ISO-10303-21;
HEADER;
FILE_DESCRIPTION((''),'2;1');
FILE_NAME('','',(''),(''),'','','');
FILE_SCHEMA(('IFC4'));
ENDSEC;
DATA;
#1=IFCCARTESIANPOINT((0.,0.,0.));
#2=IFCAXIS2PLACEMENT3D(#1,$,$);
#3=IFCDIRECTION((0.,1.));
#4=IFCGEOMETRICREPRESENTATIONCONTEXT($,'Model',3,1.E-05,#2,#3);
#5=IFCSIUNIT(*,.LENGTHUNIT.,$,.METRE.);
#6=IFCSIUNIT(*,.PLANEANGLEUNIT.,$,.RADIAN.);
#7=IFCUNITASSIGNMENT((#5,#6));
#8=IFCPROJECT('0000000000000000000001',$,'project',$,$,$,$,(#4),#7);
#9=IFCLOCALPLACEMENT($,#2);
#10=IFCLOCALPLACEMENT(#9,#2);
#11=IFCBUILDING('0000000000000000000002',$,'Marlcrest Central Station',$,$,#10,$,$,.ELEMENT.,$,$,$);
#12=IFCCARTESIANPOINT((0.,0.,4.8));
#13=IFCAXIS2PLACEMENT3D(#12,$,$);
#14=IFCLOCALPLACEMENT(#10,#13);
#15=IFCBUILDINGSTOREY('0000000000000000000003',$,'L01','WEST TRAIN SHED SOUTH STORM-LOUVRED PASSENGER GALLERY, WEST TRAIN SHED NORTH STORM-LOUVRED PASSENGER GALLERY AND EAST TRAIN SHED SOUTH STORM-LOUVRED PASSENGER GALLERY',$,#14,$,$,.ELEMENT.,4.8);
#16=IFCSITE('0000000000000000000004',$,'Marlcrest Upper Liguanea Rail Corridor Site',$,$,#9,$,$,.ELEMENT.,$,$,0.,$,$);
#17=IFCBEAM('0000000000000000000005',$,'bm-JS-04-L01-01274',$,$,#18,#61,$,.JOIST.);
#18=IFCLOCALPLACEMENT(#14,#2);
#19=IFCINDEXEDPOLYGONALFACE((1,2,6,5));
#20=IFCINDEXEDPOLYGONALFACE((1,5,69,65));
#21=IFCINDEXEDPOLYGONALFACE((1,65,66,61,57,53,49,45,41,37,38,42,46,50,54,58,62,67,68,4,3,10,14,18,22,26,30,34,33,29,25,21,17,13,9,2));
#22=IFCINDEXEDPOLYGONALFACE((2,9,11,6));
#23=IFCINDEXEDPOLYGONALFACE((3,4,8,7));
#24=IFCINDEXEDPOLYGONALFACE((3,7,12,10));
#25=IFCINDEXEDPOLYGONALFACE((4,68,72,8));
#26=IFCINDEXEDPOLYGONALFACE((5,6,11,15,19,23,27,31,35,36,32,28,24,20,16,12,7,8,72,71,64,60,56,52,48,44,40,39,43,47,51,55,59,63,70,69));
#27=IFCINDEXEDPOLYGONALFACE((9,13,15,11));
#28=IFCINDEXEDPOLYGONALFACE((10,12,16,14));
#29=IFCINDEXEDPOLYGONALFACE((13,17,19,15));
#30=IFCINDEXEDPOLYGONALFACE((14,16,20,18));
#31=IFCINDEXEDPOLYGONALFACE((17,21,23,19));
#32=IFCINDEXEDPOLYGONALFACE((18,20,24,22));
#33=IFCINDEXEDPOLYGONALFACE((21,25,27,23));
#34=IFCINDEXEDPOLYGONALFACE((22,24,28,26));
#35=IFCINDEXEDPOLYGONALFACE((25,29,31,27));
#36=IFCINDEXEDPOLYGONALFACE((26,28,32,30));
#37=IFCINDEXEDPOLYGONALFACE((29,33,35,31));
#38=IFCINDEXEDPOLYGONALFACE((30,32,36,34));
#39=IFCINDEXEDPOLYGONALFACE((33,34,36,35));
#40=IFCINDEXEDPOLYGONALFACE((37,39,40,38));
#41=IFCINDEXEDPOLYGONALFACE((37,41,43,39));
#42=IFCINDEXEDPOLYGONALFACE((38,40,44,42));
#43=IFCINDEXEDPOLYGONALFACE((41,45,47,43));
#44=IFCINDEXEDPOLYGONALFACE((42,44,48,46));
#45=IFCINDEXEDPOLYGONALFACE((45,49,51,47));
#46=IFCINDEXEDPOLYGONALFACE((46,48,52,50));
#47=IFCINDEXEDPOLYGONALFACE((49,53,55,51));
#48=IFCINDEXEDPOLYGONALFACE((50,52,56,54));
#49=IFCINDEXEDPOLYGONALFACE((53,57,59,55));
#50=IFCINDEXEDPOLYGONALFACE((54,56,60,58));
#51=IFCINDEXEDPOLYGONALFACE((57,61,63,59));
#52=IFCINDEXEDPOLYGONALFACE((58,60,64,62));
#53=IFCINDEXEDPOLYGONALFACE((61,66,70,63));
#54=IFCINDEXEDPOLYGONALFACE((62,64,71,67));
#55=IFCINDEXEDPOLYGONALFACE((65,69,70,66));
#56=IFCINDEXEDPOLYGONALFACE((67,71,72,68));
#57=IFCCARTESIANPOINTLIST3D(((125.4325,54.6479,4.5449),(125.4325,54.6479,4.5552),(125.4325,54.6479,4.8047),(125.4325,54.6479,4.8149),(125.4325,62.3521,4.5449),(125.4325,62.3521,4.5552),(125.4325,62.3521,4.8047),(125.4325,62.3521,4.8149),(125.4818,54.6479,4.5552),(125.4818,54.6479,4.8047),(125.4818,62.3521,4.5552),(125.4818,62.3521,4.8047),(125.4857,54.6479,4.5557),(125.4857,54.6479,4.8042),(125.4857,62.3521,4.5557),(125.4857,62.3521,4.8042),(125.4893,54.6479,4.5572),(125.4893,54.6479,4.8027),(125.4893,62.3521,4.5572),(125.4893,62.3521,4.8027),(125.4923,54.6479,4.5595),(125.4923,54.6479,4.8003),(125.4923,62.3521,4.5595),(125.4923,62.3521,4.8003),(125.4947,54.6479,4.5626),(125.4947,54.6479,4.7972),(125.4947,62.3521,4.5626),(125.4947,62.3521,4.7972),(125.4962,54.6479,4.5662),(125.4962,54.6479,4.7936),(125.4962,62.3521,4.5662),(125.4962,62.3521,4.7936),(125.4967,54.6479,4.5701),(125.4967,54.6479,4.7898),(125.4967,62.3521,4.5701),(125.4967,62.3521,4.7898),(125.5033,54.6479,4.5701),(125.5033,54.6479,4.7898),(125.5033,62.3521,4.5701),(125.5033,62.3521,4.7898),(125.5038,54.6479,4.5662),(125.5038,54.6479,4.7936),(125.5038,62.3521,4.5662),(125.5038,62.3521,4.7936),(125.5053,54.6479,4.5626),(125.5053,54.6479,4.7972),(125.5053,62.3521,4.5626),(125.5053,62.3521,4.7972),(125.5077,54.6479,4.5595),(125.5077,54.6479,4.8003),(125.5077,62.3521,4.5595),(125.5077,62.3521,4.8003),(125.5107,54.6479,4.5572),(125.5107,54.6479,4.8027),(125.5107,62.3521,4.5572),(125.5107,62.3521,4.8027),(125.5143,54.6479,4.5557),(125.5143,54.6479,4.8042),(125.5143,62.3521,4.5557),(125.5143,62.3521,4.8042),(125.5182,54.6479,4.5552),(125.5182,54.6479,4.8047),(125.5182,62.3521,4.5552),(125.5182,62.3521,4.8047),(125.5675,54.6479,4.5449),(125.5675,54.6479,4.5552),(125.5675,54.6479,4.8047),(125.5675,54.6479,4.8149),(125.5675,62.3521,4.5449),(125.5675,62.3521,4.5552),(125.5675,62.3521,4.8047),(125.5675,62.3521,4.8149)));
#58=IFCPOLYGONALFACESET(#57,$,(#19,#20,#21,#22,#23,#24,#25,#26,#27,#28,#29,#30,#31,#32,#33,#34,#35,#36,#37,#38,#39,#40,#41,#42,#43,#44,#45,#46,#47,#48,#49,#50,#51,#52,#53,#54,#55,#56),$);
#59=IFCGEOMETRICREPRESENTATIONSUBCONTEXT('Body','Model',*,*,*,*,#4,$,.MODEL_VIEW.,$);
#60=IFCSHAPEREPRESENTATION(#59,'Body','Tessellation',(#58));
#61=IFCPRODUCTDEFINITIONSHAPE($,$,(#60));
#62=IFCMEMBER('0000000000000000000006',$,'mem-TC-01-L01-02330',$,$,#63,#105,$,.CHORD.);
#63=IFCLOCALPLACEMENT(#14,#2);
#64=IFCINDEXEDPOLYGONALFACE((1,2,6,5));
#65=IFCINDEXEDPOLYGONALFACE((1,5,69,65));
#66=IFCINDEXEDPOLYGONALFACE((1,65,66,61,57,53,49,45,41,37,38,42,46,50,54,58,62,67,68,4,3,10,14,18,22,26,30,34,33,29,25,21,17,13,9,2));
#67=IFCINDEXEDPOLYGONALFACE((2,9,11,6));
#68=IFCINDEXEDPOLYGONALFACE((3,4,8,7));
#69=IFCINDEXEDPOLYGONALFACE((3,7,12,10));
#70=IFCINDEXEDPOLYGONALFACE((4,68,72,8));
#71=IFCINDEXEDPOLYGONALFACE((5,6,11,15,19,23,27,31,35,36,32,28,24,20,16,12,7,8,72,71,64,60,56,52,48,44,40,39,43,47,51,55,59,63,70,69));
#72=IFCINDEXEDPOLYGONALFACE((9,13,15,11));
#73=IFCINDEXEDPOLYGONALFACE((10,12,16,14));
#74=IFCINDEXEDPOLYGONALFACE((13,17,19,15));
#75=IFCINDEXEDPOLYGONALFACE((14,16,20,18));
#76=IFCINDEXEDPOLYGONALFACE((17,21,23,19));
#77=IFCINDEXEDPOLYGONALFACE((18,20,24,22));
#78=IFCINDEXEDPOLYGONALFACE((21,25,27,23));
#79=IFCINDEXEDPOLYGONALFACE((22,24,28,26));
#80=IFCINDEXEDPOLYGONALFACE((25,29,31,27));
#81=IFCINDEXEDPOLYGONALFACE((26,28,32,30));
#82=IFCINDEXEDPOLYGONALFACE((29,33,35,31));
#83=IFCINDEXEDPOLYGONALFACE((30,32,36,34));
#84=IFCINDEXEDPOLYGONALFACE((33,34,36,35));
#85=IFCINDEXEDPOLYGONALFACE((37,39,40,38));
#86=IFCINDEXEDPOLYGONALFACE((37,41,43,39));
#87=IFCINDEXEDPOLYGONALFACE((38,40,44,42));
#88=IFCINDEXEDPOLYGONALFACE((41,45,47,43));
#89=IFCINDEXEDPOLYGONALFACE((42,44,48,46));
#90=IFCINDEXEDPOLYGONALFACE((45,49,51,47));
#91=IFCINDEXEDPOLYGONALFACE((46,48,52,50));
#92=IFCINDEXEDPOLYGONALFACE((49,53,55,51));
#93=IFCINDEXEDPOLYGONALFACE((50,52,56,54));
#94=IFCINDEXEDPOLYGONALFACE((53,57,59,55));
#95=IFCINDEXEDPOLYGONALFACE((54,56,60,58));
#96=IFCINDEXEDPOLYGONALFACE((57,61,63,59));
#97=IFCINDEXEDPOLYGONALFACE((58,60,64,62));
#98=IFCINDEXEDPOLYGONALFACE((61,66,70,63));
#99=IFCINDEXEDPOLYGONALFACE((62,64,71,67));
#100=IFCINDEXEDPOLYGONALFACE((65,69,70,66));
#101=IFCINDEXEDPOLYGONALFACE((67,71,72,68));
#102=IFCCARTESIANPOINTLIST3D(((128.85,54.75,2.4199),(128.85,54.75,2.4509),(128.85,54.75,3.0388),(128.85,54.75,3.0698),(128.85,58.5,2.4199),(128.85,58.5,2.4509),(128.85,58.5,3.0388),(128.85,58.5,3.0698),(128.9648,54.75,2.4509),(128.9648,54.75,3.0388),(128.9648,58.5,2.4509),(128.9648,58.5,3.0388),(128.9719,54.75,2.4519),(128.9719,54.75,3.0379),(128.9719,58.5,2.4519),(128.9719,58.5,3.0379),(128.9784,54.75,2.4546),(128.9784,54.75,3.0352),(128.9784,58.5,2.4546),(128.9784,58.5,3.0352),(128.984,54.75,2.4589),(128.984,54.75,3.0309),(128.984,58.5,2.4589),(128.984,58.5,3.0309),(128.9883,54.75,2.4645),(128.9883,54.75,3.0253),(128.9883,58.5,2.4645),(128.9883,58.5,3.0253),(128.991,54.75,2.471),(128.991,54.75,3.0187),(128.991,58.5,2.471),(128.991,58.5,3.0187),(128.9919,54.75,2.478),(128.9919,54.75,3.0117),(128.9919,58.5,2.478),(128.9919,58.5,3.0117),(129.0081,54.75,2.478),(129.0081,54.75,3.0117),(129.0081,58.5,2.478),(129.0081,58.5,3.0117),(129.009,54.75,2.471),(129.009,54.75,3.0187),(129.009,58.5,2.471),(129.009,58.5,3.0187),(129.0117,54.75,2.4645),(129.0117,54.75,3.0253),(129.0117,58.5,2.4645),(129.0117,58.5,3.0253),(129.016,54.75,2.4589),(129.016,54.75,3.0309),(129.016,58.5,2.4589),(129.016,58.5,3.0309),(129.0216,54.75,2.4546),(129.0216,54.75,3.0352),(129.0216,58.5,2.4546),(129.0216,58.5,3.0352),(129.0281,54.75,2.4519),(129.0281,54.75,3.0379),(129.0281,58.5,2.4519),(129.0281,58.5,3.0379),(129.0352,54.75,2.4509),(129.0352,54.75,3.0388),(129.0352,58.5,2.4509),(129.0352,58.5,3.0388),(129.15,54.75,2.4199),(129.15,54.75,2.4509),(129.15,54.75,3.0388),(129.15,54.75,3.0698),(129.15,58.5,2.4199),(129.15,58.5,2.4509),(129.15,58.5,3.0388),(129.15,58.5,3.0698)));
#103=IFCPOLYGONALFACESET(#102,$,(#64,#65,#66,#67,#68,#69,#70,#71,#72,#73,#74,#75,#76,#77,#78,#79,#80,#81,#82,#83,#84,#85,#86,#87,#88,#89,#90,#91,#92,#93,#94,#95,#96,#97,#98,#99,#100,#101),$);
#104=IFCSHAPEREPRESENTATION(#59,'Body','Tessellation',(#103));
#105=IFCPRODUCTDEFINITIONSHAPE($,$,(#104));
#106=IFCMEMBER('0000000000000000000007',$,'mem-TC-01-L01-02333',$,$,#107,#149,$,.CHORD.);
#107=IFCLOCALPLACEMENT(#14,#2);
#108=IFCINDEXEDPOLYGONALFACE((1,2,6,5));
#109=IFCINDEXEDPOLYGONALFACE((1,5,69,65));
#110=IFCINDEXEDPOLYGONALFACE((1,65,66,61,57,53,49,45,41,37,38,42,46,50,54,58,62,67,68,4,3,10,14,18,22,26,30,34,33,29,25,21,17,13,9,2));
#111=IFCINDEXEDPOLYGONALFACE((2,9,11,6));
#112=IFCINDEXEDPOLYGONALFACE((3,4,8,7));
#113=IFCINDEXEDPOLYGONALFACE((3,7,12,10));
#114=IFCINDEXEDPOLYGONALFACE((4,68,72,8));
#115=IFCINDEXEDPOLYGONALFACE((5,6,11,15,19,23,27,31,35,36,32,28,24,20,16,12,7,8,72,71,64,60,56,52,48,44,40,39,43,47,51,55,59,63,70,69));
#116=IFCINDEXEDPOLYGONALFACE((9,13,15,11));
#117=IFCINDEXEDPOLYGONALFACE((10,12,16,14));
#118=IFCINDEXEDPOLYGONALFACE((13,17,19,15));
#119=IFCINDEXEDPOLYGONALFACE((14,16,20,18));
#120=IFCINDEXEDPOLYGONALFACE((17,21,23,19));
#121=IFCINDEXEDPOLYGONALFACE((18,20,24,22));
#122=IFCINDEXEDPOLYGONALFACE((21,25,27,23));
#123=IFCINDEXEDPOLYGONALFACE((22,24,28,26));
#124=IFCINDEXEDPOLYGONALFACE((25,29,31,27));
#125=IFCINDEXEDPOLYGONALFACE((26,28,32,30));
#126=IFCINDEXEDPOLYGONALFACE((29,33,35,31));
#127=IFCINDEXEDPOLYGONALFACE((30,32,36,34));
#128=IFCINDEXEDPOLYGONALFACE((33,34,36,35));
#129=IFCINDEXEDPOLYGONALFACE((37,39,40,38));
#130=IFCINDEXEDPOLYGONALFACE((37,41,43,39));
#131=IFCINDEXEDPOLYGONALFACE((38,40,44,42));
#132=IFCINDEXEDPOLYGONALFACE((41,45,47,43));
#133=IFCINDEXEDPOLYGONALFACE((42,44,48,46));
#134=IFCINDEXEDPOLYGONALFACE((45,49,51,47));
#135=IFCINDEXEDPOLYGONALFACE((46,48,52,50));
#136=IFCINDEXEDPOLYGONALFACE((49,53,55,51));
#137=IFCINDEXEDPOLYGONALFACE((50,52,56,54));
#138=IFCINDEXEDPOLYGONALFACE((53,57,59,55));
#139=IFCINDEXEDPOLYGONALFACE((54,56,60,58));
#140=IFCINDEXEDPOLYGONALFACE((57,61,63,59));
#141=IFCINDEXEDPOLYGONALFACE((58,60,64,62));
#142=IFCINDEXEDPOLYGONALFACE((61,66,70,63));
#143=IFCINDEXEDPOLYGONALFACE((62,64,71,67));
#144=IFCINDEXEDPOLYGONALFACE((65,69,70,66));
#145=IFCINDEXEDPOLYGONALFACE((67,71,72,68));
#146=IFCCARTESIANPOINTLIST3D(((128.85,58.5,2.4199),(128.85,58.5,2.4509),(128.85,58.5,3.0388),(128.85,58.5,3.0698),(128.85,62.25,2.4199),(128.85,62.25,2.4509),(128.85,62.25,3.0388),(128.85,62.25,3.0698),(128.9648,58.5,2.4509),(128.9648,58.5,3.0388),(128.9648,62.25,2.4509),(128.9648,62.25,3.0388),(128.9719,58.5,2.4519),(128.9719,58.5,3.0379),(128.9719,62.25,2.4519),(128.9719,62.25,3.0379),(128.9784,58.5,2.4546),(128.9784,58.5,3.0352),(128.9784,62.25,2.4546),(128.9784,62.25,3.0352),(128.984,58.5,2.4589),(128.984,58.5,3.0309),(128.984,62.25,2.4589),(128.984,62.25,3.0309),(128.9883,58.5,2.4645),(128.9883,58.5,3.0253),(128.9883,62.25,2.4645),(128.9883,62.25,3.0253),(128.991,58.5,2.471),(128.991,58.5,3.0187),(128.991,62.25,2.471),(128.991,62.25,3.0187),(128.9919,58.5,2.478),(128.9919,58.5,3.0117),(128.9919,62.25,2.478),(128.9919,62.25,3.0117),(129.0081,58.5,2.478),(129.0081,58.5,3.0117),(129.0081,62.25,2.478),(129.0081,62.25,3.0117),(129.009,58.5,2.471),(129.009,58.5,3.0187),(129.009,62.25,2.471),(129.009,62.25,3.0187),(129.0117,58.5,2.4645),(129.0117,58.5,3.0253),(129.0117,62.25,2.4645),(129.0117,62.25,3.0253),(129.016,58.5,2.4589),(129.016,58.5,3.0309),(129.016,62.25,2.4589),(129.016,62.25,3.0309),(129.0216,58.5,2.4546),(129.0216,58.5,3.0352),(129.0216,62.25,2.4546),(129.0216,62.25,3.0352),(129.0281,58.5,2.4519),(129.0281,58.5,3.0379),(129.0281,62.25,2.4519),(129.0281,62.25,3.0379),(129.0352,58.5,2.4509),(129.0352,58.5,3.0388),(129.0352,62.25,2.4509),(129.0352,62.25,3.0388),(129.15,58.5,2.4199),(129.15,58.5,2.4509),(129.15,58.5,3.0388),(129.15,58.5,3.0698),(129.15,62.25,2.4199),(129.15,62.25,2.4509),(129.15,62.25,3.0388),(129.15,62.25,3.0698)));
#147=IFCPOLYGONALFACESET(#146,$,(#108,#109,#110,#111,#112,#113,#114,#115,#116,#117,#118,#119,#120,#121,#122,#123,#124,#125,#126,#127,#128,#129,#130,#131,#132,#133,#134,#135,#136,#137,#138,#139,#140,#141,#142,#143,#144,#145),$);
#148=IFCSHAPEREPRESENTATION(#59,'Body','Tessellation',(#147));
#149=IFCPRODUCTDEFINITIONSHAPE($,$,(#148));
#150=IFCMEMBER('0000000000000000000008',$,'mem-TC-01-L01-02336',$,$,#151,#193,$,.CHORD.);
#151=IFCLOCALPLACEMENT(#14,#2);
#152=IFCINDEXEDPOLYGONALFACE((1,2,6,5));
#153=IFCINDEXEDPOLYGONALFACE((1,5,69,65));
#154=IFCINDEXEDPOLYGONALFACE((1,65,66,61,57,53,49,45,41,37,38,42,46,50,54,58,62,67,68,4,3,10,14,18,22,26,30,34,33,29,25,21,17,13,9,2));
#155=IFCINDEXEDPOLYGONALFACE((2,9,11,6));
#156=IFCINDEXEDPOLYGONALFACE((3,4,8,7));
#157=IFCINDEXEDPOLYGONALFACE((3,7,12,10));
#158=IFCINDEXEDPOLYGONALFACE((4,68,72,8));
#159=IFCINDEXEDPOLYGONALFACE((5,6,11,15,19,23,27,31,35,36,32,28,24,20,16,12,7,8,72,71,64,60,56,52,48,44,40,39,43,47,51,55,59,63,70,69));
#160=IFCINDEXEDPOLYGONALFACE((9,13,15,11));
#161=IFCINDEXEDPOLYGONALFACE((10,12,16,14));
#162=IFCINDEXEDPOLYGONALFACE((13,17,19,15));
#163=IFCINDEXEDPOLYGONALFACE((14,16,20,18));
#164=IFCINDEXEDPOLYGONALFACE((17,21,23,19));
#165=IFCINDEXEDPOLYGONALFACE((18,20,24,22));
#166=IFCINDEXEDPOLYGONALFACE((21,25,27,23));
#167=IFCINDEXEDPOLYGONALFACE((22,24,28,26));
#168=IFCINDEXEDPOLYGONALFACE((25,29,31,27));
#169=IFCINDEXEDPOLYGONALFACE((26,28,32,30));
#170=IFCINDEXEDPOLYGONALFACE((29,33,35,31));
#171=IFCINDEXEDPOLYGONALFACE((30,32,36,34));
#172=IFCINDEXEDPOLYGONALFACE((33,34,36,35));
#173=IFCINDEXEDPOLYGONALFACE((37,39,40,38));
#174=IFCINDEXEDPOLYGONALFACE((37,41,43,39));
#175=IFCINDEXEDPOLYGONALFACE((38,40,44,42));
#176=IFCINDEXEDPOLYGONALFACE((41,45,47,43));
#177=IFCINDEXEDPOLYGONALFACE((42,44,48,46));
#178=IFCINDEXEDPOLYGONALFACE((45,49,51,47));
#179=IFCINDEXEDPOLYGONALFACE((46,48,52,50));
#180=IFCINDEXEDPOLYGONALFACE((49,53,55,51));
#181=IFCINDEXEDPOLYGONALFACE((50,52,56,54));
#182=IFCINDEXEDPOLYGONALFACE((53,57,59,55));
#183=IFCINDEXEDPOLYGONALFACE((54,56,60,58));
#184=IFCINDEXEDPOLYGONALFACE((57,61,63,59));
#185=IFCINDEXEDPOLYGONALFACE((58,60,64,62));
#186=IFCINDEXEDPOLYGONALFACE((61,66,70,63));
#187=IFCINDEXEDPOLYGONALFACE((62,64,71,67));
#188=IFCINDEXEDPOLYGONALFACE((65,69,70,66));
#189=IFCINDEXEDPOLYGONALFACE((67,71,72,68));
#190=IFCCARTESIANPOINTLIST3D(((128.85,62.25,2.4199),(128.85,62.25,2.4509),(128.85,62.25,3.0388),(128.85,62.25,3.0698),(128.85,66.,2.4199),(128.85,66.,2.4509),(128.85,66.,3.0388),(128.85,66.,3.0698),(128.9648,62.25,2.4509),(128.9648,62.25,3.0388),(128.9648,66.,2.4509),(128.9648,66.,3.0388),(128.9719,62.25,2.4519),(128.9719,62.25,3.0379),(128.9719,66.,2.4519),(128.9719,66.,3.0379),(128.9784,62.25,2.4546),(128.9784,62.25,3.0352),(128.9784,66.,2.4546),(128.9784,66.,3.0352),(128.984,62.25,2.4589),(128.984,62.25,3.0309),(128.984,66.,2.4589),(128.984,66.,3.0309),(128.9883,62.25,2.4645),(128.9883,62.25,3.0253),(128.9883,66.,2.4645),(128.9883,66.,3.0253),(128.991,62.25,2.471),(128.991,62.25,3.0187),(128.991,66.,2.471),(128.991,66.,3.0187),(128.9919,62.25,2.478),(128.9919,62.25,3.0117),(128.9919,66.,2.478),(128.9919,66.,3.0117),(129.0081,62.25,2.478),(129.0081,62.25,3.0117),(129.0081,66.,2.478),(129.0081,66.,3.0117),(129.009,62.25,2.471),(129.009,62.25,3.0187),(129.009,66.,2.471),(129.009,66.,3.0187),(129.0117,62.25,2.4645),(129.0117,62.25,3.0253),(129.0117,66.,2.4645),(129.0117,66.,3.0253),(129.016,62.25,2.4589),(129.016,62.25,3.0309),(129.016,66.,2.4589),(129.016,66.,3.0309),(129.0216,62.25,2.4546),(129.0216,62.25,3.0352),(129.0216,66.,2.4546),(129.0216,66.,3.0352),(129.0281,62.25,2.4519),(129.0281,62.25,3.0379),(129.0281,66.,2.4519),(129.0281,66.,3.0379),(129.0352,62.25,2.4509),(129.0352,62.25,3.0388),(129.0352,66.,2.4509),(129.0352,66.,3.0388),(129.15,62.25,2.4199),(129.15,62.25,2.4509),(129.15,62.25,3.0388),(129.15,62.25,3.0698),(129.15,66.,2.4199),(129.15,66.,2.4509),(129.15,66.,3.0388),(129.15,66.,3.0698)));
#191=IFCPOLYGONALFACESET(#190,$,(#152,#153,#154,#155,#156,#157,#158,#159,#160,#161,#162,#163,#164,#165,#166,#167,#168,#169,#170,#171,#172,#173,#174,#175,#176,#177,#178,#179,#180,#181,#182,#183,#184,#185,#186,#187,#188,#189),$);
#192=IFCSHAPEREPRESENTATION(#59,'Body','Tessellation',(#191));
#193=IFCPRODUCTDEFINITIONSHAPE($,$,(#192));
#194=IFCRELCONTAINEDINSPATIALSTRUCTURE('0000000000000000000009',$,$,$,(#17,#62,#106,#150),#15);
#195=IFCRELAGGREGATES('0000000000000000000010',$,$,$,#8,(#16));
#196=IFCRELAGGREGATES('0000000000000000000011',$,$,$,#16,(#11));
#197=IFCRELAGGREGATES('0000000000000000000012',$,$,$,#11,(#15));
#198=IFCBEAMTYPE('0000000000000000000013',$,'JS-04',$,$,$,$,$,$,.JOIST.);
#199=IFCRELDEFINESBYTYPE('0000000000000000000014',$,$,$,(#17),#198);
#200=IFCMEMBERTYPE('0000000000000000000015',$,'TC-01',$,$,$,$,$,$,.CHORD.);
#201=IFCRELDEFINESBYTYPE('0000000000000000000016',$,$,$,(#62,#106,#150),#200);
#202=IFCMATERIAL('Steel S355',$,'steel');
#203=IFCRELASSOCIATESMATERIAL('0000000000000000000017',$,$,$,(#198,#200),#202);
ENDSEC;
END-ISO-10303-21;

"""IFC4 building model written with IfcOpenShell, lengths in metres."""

from ifc_helpers import new_model, si_unit, direction, frame, origin, origin_2d, place, context, subcontext, project, spatial, i_section, extrude, material, material_profile, profile_set, type_object, element, save


model = new_model("IFC4")

# Units and contexts
model_context = context("Model", 3, precision=1e-05, world=origin(), true_north=direction((0.0, 1.0)))
body_context = subcontext(model_context, "Body", "Model", "MODEL_VIEW")
ifc_project = project(units=[si_unit("LENGTHUNIT", "METRE"), si_unit("PLANEANGLEUNIT", "RADIAN")], contexts=[model_context])

# Site, building, storey
site_placement = place(None, origin())
site = spatial("IfcSite", under=ifc_project, at=site_placement, Name="Marlcrest Upper Liguanea Rail Corridor Site", CompositionType="ELEMENT", RefElevation=0.0)
building_placement = place(site_placement, origin())
building = spatial("IfcBuilding", under=site, at=building_placement, Name="Marlcrest Central Station", CompositionType="ELEMENT")
storey_placement = place(building_placement, frame((0.0, 0.0, 4.8)))
storey = spatial("IfcBuildingStorey", under=building, at=storey_placement, Name="L01", Description="WEST TRAIN SHED SOUTH STORM-LOUVRED PASSENGER GALLERY, WEST TRAIN SHED NORTH STORM-LOUVRED PASSENGER GALLERY AND EAST TRAIN SHED SOUTH STORM-LOUVRED PASSENGER GALLERY", CompositionType="ELEMENT", Elevation=4.8)

# Beam
ifc_material = material(Name="Steel S355", Category="steel")
ifc_material_profile_1 = material_profile(ifc_material, i_section(OverallWidth=0.135, OverallDepth=0.27, WebThickness=0.0066, FlangeThickness=0.0103, FilletRadius=0.0149, at=origin_2d()), Name="IPE 270")
ifc_profile_set_1 = profile_set([ifc_material_profile_1], Name="Steel S355")
beam_type = type_object("IfcBeamType", Name="JS-04", PredefinedType="JOIST", material=ifc_profile_set_1)
beam_placement = place(storey_placement, frame((125.5, 54.6479, 4.6799), z_axis=(0.0, 1.0, 0.0), x_axis=(-1.0, 0.0, 0.0)))
element("IfcBeam", 1, at=beam_placement, inside=storey, type_object=beam_type, Name="bm-JS-04-L01-01274", PredefinedType="JOIST", context=body_context, shape_type="SweptSolid", body=[
    extrude(i_section(OverallWidth=0.135, OverallDepth=0.27, WebThickness=0.0066, FlangeThickness=0.0103, FilletRadius=0.0149, at=origin_2d()), origin(), (0.0, 0.0, 1.0), 7.7041),
])

# Members
ifc_material_profile_2 = material_profile(ifc_material, i_section(OverallWidth=0.3, OverallDepth=0.6499, WebThickness=0.0161, FlangeThickness=0.031, FilletRadius=0.0271, at=origin_2d()), Name="HEB 650")
ifc_profile_set_2 = profile_set([ifc_material_profile_2], Name="Steel S355")
member_type_1 = type_object("IfcMemberType", Name="TC-01", PredefinedType="CHORD", material=ifc_profile_set_2)
for number, where, z_axis, x_axis, name in (
    (2, (129.0, 54.75, 2.7449), (0.0, 1.0, 0.0), (-1.0, 0.0, 0.0), "mem-TC-01-L01-02330"),
    (3, (129.0, 58.5, 2.7449), (0.0, 1.0, 0.0), (-1.0, 0.0, 0.0), "mem-TC-01-L01-02333"),
    (4, (129.0, 62.25, 2.7449), (0.0, 1.0, 0.0), (-1.0, 0.0, 0.0), "mem-TC-01-L01-02336"),
):
    element("IfcMember", number, at=place(storey_placement, frame(where, z_axis=z_axis, x_axis=x_axis)), inside=storey, type_object=member_type_1, Name=name, PredefinedType="CHORD", context=body_context, shape_type="SweptSolid", body=[
        extrude(i_section(OverallWidth=0.3, OverallDepth=0.6499, WebThickness=0.0161, FlangeThickness=0.031, FilletRadius=0.0271, at=origin_2d()), origin(), (0.0, 0.0, 1.0), 3.75),
    ])

save(model, "model.ifc")
